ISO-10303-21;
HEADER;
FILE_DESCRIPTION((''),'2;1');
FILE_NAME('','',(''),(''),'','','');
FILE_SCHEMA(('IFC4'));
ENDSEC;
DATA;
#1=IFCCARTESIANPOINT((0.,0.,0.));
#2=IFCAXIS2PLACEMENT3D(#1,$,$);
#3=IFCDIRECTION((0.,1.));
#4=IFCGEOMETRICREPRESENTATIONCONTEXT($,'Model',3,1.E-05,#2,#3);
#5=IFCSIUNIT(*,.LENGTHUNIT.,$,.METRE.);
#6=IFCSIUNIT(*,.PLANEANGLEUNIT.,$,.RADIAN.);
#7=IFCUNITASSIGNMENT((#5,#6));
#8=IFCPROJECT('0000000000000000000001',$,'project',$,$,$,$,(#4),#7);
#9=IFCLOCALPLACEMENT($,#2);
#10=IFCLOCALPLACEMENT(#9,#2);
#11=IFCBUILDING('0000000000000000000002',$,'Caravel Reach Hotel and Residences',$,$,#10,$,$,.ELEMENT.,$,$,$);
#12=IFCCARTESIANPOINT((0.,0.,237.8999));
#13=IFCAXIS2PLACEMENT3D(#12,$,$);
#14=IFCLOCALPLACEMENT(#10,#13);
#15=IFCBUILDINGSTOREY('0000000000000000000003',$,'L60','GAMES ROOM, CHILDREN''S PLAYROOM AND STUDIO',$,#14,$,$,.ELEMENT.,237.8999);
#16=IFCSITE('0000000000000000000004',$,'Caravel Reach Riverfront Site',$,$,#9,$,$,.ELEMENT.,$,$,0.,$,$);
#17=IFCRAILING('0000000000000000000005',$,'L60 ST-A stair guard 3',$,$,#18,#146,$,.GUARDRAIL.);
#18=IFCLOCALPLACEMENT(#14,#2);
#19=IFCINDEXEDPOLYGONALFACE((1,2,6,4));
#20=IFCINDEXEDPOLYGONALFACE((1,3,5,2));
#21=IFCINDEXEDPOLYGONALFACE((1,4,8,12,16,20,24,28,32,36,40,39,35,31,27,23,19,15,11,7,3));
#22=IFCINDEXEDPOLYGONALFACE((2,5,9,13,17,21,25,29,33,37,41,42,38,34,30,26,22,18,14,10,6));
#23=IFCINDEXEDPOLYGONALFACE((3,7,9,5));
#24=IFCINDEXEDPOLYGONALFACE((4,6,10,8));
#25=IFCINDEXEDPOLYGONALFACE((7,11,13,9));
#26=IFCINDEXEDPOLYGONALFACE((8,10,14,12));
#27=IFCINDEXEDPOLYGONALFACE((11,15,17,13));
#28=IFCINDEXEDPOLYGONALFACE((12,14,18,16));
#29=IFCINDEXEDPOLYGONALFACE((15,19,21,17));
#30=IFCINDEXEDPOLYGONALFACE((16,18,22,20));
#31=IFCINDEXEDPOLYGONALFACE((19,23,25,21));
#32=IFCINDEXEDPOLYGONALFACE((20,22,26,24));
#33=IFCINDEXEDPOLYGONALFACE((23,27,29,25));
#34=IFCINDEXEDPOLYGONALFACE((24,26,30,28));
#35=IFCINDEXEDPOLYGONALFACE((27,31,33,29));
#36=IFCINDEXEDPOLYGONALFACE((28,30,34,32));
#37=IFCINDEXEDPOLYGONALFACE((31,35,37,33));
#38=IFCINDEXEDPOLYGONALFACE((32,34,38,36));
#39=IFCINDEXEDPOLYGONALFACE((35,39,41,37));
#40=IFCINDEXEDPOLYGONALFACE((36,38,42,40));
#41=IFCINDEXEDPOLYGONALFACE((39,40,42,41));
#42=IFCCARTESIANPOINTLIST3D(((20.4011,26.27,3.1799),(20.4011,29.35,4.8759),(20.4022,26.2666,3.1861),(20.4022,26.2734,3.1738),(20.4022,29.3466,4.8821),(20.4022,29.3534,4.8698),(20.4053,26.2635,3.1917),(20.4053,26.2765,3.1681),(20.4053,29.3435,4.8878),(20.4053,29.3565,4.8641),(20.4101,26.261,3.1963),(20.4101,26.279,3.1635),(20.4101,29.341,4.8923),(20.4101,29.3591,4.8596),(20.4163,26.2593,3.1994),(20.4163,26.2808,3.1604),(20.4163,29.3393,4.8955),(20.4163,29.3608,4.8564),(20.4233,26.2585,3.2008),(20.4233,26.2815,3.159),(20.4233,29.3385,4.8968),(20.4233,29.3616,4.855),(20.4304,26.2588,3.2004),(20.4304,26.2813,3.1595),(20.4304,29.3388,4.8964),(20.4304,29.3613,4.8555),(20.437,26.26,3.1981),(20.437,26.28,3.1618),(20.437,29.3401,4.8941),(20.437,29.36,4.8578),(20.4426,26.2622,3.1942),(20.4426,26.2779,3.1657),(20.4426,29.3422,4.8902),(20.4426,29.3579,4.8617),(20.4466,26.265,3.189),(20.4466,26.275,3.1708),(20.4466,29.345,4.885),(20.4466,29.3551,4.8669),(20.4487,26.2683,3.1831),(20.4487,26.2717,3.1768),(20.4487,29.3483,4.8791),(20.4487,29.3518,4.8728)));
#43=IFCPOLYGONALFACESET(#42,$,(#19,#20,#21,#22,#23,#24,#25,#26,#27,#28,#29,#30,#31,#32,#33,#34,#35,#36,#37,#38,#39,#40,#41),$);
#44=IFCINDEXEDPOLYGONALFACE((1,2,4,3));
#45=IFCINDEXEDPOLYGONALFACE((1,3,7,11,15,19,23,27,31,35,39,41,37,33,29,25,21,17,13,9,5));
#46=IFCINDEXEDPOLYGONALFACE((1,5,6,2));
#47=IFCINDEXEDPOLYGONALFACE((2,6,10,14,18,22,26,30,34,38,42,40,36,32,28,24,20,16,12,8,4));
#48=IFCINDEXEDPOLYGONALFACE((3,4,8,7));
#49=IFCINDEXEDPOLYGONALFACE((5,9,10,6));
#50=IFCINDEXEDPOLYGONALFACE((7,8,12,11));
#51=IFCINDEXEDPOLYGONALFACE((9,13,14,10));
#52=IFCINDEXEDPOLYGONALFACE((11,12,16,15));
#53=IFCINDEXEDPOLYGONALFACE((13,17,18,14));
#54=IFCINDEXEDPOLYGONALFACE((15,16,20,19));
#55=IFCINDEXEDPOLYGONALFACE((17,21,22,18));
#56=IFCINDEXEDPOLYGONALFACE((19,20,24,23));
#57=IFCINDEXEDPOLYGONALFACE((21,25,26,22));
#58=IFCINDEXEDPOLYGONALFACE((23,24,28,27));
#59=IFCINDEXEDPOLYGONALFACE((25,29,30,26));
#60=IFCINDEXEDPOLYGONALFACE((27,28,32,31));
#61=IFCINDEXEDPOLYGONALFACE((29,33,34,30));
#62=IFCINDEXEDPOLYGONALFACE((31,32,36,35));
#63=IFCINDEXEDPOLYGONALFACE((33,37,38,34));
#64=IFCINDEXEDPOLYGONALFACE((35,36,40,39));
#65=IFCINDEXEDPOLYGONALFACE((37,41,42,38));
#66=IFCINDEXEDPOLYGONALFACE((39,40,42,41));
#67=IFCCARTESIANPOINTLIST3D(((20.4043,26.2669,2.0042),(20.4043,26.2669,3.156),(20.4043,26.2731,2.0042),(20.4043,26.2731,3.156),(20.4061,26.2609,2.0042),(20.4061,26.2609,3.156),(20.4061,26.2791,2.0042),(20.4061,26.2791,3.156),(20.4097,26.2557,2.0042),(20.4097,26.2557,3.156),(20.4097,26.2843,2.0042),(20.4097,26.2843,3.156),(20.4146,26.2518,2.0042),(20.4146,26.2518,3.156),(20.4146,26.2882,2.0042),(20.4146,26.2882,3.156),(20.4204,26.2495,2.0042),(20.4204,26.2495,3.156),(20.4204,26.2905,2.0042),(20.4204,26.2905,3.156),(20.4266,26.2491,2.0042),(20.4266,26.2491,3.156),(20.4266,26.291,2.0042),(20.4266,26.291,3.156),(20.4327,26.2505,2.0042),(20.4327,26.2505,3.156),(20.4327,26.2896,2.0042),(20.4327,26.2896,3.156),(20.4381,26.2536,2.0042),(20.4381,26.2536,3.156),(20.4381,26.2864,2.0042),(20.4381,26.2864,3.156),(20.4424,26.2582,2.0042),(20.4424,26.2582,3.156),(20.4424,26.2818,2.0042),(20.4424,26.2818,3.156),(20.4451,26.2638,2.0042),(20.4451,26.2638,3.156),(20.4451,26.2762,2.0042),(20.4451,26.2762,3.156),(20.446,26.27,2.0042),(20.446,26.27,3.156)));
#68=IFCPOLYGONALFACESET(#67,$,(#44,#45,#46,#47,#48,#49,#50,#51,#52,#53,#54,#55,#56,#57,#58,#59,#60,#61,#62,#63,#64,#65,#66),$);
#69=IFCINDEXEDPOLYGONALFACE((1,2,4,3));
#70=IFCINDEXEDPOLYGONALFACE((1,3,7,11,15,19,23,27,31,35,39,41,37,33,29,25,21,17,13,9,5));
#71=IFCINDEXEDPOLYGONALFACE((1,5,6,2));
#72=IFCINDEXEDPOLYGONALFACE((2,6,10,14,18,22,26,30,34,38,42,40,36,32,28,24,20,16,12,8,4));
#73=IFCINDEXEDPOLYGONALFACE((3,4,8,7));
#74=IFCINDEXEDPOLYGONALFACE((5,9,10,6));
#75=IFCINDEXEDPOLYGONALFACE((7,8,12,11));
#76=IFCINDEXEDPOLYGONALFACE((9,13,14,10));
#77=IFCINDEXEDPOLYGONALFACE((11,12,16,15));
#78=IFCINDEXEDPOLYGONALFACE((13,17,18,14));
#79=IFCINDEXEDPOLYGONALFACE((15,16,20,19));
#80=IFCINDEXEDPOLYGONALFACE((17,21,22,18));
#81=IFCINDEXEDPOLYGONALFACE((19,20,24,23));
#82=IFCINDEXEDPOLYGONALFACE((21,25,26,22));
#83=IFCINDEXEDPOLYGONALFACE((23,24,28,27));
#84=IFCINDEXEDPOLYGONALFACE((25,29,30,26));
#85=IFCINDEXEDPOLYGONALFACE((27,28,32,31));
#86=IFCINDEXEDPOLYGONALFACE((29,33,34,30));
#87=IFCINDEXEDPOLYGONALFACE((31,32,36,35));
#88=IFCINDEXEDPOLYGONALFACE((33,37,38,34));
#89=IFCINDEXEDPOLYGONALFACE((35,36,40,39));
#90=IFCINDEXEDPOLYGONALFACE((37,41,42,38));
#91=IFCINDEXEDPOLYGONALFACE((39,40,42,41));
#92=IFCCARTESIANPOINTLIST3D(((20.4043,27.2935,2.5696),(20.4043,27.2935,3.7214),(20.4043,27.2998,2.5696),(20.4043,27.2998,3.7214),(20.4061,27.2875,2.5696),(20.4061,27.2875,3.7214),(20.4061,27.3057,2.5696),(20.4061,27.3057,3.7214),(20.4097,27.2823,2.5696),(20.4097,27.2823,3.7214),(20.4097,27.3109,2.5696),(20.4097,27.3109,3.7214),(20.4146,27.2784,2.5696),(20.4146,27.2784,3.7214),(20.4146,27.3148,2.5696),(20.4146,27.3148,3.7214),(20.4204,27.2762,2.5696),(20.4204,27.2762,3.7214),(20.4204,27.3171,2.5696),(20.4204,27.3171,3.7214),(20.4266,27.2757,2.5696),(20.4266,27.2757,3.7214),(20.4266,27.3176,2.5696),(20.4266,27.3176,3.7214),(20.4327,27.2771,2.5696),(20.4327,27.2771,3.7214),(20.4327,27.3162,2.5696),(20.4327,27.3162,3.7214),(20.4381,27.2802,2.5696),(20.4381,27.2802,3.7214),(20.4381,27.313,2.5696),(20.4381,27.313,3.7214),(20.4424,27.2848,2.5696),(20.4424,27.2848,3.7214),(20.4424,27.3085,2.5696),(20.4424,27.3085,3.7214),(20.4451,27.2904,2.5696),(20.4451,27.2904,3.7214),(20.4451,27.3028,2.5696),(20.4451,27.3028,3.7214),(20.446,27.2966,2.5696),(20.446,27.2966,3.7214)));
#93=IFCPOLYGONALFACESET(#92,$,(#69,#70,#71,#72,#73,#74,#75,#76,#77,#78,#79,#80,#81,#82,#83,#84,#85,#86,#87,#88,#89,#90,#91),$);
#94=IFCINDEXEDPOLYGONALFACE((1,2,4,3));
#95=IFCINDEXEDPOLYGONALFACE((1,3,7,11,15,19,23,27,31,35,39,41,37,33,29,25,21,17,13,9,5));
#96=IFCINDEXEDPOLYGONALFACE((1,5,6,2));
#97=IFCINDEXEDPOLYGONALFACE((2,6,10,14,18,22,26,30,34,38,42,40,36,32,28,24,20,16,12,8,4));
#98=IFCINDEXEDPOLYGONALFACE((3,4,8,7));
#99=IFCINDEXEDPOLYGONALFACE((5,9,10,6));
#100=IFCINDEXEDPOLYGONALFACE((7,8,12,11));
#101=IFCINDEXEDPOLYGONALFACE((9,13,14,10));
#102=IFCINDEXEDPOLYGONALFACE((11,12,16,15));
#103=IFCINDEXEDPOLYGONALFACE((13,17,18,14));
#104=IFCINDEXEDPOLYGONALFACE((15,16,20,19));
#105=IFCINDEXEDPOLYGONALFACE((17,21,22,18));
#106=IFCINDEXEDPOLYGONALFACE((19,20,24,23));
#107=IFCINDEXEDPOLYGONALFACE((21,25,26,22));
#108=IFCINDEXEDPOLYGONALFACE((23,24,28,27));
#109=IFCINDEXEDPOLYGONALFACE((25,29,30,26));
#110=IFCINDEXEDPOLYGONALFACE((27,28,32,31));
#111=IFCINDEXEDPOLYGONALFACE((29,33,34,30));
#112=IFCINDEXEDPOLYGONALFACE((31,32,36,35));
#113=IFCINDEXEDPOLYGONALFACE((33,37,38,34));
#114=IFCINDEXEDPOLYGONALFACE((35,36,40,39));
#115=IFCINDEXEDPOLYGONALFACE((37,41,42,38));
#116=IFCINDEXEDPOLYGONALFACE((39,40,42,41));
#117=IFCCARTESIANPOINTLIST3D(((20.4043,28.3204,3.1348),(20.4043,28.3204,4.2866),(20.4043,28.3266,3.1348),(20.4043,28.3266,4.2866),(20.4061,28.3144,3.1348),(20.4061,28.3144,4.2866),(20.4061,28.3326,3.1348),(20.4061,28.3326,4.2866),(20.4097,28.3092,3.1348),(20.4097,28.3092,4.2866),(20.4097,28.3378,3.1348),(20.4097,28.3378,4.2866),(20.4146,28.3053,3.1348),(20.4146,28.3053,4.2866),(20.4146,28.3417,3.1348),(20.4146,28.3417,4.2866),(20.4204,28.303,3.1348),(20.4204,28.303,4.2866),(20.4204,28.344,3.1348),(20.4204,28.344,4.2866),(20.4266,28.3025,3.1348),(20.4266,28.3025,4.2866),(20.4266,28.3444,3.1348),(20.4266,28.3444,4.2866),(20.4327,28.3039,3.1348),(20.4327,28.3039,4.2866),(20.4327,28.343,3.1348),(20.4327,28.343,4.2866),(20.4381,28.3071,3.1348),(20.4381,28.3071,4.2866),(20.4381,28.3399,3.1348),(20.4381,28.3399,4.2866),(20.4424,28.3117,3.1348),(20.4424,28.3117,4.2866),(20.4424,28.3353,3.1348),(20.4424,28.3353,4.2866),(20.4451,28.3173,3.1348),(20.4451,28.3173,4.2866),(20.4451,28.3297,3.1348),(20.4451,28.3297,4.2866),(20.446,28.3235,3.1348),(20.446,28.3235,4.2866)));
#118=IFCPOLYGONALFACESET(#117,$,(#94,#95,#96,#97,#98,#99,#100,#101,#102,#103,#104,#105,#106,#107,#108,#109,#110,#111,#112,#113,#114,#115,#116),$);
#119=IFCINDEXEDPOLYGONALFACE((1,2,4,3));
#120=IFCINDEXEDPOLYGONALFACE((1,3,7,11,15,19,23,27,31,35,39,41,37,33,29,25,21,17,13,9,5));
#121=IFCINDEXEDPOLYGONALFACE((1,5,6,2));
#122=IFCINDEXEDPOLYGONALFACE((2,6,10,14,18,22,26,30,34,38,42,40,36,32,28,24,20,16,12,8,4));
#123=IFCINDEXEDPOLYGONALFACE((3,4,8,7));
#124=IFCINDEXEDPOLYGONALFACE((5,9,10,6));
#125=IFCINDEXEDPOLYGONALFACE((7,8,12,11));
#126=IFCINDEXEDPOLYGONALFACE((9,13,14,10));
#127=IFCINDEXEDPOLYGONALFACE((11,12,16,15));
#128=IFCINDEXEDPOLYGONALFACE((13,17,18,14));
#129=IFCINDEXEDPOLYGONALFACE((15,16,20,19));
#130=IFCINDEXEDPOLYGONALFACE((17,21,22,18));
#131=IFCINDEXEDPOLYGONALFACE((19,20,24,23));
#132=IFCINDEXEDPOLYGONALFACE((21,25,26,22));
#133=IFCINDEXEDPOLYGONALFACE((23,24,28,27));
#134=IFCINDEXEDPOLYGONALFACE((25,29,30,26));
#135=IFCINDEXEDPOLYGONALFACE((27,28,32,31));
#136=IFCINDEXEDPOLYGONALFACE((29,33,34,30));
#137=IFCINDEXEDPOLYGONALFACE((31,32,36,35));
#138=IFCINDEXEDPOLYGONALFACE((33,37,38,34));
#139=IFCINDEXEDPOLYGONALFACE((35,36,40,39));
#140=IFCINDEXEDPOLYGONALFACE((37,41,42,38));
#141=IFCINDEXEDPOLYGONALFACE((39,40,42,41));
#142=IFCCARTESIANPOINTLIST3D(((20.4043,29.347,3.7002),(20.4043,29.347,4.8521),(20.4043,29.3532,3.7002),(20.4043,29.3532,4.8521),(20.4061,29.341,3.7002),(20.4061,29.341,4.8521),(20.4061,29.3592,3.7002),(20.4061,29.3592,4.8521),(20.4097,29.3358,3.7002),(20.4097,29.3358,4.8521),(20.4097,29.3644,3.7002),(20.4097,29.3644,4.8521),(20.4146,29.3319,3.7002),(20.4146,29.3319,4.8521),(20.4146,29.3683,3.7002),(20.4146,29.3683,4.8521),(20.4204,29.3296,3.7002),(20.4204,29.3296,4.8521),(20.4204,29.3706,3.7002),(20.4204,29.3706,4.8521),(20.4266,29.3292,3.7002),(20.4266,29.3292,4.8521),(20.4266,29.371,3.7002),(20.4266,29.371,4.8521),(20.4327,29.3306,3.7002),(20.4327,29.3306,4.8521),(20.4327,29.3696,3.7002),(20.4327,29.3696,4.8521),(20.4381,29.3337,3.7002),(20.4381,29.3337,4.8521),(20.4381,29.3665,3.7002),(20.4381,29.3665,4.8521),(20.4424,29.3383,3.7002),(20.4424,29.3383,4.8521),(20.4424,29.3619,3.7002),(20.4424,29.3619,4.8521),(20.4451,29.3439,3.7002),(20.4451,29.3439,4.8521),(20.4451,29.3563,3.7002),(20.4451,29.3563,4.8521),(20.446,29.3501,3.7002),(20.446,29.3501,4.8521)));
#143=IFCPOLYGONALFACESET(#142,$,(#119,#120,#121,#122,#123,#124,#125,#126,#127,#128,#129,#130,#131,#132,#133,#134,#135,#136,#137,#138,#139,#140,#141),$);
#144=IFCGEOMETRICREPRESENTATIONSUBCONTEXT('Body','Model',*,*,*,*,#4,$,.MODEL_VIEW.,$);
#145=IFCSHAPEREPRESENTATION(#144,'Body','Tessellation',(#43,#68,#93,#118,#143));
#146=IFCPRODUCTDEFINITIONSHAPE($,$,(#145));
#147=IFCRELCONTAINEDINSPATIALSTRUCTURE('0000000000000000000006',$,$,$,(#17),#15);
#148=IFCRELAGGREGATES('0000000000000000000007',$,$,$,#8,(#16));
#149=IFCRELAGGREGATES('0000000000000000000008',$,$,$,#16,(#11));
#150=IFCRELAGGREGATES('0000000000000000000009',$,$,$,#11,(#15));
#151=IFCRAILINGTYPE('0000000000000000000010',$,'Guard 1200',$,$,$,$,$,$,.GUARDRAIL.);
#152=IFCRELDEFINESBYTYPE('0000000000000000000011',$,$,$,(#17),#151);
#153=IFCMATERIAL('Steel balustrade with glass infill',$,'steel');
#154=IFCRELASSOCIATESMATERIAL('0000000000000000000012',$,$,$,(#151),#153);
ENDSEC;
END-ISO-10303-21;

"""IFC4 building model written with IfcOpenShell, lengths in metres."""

from ifc_helpers import new_model, si_unit, direction, frame, origin, origin_2d, place, context, subcontext, project, spatial, circle, extrude, material, type_object, element, save


model = new_model("IFC4")

# Units and contexts
model_context = context("Model", 3, precision=1e-05, world=origin(), true_north=direction((0.0, 1.0)))
body_context = subcontext(model_context, "Body", "Model", "MODEL_VIEW")
ifc_project = project(units=[si_unit("LENGTHUNIT", "METRE"), si_unit("PLANEANGLEUNIT", "RADIAN")], contexts=[model_context])

# Site, building, storey
site_placement = place(None, origin())
site = spatial("IfcSite", under=ifc_project, at=site_placement, Name="Caravel Reach Riverfront Site", CompositionType="ELEMENT", RefElevation=0.0)
building_placement = place(site_placement, origin())
building = spatial("IfcBuilding", under=site, at=building_placement, Name="Caravel Reach Hotel and Residences", CompositionType="ELEMENT")
storey_placement = place(building_placement, frame((0.0, 0.0, 237.8999)))
storey = spatial("IfcBuildingStorey", under=building, at=storey_placement, Name="L60", Description="GAMES ROOM, CHILDREN'S PLAYROOM AND STUDIO", CompositionType="ELEMENT", Elevation=237.8999)

# Railing
ifc_material_1 = material(Name="Steel balustrade with glass infill", Category="steel")
railing_type = type_object("IfcRailingType", Name="Guard 1200", PredefinedType="GUARDRAIL", material=ifc_material_1)
railing_1_placement = place(storey_placement, frame((20.425, 26.27, 2.0042)))
element("IfcRailing", 1, at=railing_1_placement, inside=storey, type_object=railing_type, Name="L60 ST-A stair guard 3", PredefinedType="GUARDRAIL", context=body_context, shape_type="SweptSolid", body=[
    extrude(circle(Radius=0.0239, at=origin_2d()), frame((0.0, 0.0, 1.1758), z_axis=(0.0, 0.875975, 0.482356), x_axis=(-1.0, 0.0, 0.0)), (0.0, 0.0, 1.0), 3.5161),
    extrude(circle(Radius=0.021, at=origin_2d()), origin(), (0.0, 0.0, 1.0), 1.1519),
    extrude(circle(Radius=0.021, at=origin_2d()), frame((0.0, 1.0266, 0.5654)), (0.0, 0.0, 1.0), 1.1519),
    extrude(circle(Radius=0.021, at=origin_2d()), frame((0.0, 2.0535, 1.1306)), (0.0, 0.0, 1.0), 1.1519),
    extrude(circle(Radius=0.021, at=origin_2d()), frame((0.0, 3.0801, 1.696)), (0.0, 0.0, 1.0), 1.1519),
])

save(model, "model.ifc")
